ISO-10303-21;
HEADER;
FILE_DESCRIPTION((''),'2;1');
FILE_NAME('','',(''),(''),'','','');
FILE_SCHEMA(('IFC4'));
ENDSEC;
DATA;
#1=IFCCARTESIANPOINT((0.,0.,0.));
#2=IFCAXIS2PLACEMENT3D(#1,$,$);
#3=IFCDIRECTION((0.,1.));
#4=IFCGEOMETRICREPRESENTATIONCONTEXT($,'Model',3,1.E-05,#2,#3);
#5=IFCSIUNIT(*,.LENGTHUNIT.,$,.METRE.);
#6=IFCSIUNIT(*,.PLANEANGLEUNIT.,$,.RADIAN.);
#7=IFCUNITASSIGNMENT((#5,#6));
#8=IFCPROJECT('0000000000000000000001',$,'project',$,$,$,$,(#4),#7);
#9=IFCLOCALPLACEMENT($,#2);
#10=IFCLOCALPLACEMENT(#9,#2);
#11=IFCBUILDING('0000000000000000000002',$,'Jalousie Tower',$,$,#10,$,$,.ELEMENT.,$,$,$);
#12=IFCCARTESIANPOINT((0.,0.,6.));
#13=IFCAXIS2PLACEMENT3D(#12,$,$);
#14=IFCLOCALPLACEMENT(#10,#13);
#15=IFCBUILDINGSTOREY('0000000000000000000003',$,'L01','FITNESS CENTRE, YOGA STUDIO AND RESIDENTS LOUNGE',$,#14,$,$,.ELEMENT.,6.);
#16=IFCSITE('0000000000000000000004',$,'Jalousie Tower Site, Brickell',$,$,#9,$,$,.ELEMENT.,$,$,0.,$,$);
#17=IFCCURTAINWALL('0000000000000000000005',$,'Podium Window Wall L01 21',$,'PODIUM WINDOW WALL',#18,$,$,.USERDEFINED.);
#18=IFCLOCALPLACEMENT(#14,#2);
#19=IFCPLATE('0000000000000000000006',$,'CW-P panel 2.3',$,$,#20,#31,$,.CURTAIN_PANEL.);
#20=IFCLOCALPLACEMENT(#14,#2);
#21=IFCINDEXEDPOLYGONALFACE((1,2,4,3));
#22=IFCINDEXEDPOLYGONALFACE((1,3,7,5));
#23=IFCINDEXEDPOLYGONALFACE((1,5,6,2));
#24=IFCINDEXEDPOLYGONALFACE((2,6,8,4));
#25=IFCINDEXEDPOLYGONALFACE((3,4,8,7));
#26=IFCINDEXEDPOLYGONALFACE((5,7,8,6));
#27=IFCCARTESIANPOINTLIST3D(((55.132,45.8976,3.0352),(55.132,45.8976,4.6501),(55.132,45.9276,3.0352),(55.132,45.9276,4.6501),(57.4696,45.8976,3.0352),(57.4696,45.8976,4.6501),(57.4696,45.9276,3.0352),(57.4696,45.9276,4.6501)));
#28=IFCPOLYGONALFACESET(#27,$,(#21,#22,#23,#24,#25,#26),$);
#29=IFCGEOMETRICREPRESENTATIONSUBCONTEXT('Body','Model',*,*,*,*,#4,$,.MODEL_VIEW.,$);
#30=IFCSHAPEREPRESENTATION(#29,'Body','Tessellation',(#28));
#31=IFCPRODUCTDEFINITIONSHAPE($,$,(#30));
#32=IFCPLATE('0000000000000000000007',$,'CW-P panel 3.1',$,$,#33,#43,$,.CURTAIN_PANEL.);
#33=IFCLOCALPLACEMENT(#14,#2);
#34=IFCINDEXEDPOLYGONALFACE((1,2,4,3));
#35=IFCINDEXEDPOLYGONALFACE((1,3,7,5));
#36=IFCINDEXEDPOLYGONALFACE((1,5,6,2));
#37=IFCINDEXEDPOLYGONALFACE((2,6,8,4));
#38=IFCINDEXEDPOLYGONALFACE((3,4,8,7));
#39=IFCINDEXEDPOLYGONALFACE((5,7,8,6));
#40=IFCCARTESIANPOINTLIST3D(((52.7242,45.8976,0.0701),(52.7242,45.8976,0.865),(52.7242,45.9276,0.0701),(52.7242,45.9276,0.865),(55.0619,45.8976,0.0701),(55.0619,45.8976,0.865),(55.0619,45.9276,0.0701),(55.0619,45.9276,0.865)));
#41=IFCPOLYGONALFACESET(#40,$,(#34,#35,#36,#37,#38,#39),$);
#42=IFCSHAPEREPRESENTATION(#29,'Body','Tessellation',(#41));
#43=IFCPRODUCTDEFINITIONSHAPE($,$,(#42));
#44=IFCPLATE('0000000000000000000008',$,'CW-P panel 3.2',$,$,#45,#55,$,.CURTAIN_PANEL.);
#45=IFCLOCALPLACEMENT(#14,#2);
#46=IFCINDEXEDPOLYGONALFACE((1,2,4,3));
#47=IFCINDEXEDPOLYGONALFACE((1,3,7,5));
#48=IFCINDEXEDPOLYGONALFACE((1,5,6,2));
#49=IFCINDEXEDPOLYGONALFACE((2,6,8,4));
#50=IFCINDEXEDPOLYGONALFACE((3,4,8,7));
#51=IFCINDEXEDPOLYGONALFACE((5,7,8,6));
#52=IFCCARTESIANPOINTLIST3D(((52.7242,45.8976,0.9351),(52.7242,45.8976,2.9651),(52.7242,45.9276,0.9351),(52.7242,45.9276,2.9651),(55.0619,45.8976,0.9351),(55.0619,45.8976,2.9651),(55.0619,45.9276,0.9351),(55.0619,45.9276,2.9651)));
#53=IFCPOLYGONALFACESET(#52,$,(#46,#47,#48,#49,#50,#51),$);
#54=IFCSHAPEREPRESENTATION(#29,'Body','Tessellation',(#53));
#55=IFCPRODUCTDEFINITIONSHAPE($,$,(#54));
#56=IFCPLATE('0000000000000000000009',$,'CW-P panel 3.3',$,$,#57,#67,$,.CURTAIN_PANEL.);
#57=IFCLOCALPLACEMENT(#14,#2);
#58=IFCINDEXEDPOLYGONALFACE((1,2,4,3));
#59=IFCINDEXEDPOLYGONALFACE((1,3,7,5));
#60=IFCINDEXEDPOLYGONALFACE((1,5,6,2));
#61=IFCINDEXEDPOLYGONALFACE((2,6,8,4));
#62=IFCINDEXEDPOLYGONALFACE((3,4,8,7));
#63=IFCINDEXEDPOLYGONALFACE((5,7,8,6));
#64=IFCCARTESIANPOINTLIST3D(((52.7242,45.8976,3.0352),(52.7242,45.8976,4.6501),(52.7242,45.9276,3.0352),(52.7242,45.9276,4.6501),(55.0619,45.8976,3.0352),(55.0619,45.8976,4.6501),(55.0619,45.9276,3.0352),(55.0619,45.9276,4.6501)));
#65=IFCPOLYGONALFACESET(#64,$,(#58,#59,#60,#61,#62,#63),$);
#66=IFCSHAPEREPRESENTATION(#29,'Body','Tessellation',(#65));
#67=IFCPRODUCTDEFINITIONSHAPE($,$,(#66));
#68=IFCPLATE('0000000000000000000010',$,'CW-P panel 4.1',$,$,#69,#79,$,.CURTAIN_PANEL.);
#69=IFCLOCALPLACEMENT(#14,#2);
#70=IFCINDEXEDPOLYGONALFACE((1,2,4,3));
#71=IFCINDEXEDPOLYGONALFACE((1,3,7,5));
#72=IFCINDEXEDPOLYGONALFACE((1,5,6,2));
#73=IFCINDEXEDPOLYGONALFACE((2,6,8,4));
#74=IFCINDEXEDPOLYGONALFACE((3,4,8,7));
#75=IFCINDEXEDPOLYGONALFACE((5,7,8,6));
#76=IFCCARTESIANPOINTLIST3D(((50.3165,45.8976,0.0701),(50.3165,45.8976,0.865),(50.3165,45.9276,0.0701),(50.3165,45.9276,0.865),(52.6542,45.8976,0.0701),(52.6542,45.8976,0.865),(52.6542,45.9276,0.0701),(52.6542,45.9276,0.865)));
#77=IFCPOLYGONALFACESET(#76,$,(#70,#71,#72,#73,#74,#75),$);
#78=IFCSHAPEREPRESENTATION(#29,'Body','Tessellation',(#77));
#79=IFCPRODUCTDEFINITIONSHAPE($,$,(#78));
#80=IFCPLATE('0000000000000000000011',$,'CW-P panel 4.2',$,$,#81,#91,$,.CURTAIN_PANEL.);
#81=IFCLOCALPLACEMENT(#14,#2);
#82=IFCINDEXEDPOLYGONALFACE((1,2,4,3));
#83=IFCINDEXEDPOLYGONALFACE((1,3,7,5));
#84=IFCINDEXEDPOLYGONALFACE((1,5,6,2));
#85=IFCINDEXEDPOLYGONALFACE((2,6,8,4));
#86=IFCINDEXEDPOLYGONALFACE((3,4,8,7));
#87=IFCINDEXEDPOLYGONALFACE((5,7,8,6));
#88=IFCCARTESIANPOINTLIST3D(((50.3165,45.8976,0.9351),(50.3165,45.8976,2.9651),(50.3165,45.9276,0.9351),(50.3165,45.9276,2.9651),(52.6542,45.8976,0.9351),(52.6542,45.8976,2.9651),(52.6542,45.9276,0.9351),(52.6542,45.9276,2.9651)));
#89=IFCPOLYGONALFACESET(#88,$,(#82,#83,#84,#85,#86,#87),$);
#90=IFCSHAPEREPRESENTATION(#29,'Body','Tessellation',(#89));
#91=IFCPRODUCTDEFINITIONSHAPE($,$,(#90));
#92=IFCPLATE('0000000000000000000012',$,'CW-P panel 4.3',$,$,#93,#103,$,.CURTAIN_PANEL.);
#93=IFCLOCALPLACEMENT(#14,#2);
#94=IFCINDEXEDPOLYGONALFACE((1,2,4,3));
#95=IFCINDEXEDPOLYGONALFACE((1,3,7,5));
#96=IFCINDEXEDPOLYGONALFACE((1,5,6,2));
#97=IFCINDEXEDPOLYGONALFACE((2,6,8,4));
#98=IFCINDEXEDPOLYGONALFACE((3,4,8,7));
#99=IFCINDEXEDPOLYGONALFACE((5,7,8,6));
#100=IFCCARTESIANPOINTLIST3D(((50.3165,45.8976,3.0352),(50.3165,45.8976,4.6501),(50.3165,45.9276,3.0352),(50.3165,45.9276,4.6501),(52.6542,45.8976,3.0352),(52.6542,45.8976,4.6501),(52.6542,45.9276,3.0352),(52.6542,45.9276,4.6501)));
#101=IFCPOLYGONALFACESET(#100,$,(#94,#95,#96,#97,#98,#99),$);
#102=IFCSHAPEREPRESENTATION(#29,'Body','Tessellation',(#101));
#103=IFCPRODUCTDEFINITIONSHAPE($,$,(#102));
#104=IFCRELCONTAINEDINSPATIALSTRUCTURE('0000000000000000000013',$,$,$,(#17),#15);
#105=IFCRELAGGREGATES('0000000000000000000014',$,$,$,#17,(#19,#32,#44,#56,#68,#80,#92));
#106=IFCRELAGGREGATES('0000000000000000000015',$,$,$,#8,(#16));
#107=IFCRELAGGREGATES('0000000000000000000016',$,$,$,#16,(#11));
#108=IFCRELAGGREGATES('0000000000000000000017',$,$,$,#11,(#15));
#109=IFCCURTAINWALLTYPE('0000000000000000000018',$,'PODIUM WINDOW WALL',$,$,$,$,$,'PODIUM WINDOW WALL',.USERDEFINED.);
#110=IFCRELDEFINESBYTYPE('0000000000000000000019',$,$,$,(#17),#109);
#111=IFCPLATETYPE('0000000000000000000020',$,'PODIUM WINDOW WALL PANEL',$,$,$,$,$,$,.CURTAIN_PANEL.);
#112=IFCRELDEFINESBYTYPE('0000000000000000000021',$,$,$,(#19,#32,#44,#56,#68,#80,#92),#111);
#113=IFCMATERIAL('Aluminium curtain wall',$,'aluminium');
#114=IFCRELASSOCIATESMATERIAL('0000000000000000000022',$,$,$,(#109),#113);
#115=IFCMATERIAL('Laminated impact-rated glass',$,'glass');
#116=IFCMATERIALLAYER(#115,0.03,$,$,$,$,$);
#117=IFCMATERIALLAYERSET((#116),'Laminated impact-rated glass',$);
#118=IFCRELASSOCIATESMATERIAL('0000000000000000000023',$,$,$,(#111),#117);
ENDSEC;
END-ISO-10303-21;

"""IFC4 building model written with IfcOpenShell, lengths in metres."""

from ifc_helpers import new_model, si_unit, direction, frame, origin, origin_2d, place, context, subcontext, project, spatial, rectangle, extrude, material, layer, layer_set, type_object, element, aggregate, save


model = new_model("IFC4")

# Units and contexts
model_context = context("Model", 3, precision=1e-05, world=origin(), true_north=direction((0.0, 1.0)))
body_context = subcontext(model_context, "Body", "Model", "MODEL_VIEW")
ifc_project = project(units=[si_unit("LENGTHUNIT", "METRE"), si_unit("PLANEANGLEUNIT", "RADIAN")], contexts=[model_context])

# Site, building, storey
site_placement = place(None, origin())
site = spatial("IfcSite", under=ifc_project, at=site_placement, Name="Jalousie Tower Site, Brickell", CompositionType="ELEMENT", RefElevation=0.0)
building_placement = place(site_placement, origin())
building = spatial("IfcBuilding", under=site, at=building_placement, Name="Jalousie Tower", CompositionType="ELEMENT")
storey_placement = place(building_placement, frame((0.0, 0.0, 6.0)))
storey = spatial("IfcBuildingStorey", under=building, at=storey_placement, Name="L01", Description="FITNESS CENTRE, YOGA STUDIO AND RESIDENTS LOUNGE", CompositionType="ELEMENT", Elevation=6.0)

# Curtain wall
ifc_material_1 = material(Name="Aluminium curtain wall", Category="aluminium")
curtain_wall_type = type_object("IfcCurtainWallType", Name="PODIUM WINDOW WALL", ElementType="PODIUM WINDOW WALL", PredefinedType="USERDEFINED", material=ifc_material_1)
curtain_wall_placement = place(storey_placement, origin())
curtain_wall = element("IfcCurtainWall", 1, at=curtain_wall_placement, inside=storey, type_object=curtain_wall_type, Name="Podium Window Wall L01 21", ObjectType="PODIUM WINDOW WALL", PredefinedType="USERDEFINED")

# Plates
ifc_material_2 = material(Name="Laminated impact-rated glass", Category="glass")
ifc_layer = layer(ifc_material_2, 0.03)
ifc_layer_set = layer_set([ifc_layer], Name="Laminated impact-rated glass")
plate_type = type_object("IfcPlateType", Name="PODIUM WINDOW WALL PANEL", PredefinedType="CURTAIN_PANEL", material=ifc_layer_set)
plate_1_placement = place(storey_placement, frame((56.3008, 45.9126, 3.0352), z_axis=(0.0, 0.0, 1.0), x_axis=(-1.0, 0.0, 0.0)))
plate_1 = element("IfcPlate", 2, at=plate_1_placement, type_object=plate_type, Name="CW-P panel 2.3", PredefinedType="CURTAIN_PANEL", context=body_context, shape_type="SweptSolid", body=[
    extrude(rectangle(XDim=2.3376, YDim=0.03, at=origin_2d()), origin(), (0.0, 0.0, 1.0), 1.615),
])
plate_2_placement = place(storey_placement, frame((53.8931, 45.9126, 0.0701), z_axis=(0.0, 0.0, 1.0), x_axis=(-1.0, 0.0, 0.0)))
plate_2 = element("IfcPlate", 3, at=plate_2_placement, type_object=plate_type, Name="CW-P panel 3.1", PredefinedType="CURTAIN_PANEL", context=body_context, shape_type="SweptSolid", body=[
    extrude(rectangle(XDim=2.3376, YDim=0.03, at=origin_2d()), origin(), (0.0, 0.0, 1.0), 0.7949),
])
plate_3_placement = place(storey_placement, frame((53.8931, 45.9126, 0.9351), z_axis=(0.0, 0.0, 1.0), x_axis=(-1.0, 0.0, 0.0)))
plate_3 = element("IfcPlate", 4, at=plate_3_placement, type_object=plate_type, Name="CW-P panel 3.2", PredefinedType="CURTAIN_PANEL", context=body_context, shape_type="SweptSolid", body=[
    extrude(rectangle(XDim=2.3376, YDim=0.03, at=origin_2d()), origin(), (0.0, 0.0, 1.0), 2.03),
])
plate_4_placement = place(storey_placement, frame((53.8931, 45.9126, 3.0352), z_axis=(0.0, 0.0, 1.0), x_axis=(-1.0, 0.0, 0.0)))
plate_4 = element("IfcPlate", 5, at=plate_4_placement, type_object=plate_type, Name="CW-P panel 3.3", PredefinedType="CURTAIN_PANEL", context=body_context, shape_type="SweptSolid", body=[
    extrude(rectangle(XDim=2.3376, YDim=0.03, at=origin_2d()), origin(), (0.0, 0.0, 1.0), 1.615),
])
plate_5_placement = place(storey_placement, frame((51.4854, 45.9126, 0.0701), z_axis=(0.0, 0.0, 1.0), x_axis=(-1.0, 0.0, 0.0)))
plate_5 = element("IfcPlate", 6, at=plate_5_placement, type_object=plate_type, Name="CW-P panel 4.1", PredefinedType="CURTAIN_PANEL", context=body_context, shape_type="SweptSolid", body=[
    extrude(rectangle(XDim=2.3376, YDim=0.03, at=origin_2d()), origin(), (0.0, 0.0, 1.0), 0.7949),
])
plate_6_placement = place(storey_placement, frame((51.4854, 45.9126, 0.9351), z_axis=(0.0, 0.0, 1.0), x_axis=(-1.0, 0.0, 0.0)))
plate_6 = element("IfcPlate", 7, at=plate_6_placement, type_object=plate_type, Name="CW-P panel 4.2", PredefinedType="CURTAIN_PANEL", context=body_context, shape_type="SweptSolid", body=[
    extrude(rectangle(XDim=2.3376, YDim=0.03, at=origin_2d()), origin(), (0.0, 0.0, 1.0), 2.03),
])
plate_7_placement = place(storey_placement, frame((51.4854, 45.9126, 3.0352), z_axis=(0.0, 0.0, 1.0), x_axis=(-1.0, 0.0, 0.0)))
plate_7 = element("IfcPlate", 8, at=plate_7_placement, type_object=plate_type, Name="CW-P panel 4.3", PredefinedType="CURTAIN_PANEL", context=body_context, shape_type="SweptSolid", body=[
    extrude(rectangle(XDim=2.3376, YDim=0.03, at=origin_2d()), origin(), (0.0, 0.0, 1.0), 1.615),
])
aggregate(curtain_wall, [plate_1, plate_2, plate_3, plate_4, plate_5, plate_6, plate_7])

save(model, "model.ifc")
